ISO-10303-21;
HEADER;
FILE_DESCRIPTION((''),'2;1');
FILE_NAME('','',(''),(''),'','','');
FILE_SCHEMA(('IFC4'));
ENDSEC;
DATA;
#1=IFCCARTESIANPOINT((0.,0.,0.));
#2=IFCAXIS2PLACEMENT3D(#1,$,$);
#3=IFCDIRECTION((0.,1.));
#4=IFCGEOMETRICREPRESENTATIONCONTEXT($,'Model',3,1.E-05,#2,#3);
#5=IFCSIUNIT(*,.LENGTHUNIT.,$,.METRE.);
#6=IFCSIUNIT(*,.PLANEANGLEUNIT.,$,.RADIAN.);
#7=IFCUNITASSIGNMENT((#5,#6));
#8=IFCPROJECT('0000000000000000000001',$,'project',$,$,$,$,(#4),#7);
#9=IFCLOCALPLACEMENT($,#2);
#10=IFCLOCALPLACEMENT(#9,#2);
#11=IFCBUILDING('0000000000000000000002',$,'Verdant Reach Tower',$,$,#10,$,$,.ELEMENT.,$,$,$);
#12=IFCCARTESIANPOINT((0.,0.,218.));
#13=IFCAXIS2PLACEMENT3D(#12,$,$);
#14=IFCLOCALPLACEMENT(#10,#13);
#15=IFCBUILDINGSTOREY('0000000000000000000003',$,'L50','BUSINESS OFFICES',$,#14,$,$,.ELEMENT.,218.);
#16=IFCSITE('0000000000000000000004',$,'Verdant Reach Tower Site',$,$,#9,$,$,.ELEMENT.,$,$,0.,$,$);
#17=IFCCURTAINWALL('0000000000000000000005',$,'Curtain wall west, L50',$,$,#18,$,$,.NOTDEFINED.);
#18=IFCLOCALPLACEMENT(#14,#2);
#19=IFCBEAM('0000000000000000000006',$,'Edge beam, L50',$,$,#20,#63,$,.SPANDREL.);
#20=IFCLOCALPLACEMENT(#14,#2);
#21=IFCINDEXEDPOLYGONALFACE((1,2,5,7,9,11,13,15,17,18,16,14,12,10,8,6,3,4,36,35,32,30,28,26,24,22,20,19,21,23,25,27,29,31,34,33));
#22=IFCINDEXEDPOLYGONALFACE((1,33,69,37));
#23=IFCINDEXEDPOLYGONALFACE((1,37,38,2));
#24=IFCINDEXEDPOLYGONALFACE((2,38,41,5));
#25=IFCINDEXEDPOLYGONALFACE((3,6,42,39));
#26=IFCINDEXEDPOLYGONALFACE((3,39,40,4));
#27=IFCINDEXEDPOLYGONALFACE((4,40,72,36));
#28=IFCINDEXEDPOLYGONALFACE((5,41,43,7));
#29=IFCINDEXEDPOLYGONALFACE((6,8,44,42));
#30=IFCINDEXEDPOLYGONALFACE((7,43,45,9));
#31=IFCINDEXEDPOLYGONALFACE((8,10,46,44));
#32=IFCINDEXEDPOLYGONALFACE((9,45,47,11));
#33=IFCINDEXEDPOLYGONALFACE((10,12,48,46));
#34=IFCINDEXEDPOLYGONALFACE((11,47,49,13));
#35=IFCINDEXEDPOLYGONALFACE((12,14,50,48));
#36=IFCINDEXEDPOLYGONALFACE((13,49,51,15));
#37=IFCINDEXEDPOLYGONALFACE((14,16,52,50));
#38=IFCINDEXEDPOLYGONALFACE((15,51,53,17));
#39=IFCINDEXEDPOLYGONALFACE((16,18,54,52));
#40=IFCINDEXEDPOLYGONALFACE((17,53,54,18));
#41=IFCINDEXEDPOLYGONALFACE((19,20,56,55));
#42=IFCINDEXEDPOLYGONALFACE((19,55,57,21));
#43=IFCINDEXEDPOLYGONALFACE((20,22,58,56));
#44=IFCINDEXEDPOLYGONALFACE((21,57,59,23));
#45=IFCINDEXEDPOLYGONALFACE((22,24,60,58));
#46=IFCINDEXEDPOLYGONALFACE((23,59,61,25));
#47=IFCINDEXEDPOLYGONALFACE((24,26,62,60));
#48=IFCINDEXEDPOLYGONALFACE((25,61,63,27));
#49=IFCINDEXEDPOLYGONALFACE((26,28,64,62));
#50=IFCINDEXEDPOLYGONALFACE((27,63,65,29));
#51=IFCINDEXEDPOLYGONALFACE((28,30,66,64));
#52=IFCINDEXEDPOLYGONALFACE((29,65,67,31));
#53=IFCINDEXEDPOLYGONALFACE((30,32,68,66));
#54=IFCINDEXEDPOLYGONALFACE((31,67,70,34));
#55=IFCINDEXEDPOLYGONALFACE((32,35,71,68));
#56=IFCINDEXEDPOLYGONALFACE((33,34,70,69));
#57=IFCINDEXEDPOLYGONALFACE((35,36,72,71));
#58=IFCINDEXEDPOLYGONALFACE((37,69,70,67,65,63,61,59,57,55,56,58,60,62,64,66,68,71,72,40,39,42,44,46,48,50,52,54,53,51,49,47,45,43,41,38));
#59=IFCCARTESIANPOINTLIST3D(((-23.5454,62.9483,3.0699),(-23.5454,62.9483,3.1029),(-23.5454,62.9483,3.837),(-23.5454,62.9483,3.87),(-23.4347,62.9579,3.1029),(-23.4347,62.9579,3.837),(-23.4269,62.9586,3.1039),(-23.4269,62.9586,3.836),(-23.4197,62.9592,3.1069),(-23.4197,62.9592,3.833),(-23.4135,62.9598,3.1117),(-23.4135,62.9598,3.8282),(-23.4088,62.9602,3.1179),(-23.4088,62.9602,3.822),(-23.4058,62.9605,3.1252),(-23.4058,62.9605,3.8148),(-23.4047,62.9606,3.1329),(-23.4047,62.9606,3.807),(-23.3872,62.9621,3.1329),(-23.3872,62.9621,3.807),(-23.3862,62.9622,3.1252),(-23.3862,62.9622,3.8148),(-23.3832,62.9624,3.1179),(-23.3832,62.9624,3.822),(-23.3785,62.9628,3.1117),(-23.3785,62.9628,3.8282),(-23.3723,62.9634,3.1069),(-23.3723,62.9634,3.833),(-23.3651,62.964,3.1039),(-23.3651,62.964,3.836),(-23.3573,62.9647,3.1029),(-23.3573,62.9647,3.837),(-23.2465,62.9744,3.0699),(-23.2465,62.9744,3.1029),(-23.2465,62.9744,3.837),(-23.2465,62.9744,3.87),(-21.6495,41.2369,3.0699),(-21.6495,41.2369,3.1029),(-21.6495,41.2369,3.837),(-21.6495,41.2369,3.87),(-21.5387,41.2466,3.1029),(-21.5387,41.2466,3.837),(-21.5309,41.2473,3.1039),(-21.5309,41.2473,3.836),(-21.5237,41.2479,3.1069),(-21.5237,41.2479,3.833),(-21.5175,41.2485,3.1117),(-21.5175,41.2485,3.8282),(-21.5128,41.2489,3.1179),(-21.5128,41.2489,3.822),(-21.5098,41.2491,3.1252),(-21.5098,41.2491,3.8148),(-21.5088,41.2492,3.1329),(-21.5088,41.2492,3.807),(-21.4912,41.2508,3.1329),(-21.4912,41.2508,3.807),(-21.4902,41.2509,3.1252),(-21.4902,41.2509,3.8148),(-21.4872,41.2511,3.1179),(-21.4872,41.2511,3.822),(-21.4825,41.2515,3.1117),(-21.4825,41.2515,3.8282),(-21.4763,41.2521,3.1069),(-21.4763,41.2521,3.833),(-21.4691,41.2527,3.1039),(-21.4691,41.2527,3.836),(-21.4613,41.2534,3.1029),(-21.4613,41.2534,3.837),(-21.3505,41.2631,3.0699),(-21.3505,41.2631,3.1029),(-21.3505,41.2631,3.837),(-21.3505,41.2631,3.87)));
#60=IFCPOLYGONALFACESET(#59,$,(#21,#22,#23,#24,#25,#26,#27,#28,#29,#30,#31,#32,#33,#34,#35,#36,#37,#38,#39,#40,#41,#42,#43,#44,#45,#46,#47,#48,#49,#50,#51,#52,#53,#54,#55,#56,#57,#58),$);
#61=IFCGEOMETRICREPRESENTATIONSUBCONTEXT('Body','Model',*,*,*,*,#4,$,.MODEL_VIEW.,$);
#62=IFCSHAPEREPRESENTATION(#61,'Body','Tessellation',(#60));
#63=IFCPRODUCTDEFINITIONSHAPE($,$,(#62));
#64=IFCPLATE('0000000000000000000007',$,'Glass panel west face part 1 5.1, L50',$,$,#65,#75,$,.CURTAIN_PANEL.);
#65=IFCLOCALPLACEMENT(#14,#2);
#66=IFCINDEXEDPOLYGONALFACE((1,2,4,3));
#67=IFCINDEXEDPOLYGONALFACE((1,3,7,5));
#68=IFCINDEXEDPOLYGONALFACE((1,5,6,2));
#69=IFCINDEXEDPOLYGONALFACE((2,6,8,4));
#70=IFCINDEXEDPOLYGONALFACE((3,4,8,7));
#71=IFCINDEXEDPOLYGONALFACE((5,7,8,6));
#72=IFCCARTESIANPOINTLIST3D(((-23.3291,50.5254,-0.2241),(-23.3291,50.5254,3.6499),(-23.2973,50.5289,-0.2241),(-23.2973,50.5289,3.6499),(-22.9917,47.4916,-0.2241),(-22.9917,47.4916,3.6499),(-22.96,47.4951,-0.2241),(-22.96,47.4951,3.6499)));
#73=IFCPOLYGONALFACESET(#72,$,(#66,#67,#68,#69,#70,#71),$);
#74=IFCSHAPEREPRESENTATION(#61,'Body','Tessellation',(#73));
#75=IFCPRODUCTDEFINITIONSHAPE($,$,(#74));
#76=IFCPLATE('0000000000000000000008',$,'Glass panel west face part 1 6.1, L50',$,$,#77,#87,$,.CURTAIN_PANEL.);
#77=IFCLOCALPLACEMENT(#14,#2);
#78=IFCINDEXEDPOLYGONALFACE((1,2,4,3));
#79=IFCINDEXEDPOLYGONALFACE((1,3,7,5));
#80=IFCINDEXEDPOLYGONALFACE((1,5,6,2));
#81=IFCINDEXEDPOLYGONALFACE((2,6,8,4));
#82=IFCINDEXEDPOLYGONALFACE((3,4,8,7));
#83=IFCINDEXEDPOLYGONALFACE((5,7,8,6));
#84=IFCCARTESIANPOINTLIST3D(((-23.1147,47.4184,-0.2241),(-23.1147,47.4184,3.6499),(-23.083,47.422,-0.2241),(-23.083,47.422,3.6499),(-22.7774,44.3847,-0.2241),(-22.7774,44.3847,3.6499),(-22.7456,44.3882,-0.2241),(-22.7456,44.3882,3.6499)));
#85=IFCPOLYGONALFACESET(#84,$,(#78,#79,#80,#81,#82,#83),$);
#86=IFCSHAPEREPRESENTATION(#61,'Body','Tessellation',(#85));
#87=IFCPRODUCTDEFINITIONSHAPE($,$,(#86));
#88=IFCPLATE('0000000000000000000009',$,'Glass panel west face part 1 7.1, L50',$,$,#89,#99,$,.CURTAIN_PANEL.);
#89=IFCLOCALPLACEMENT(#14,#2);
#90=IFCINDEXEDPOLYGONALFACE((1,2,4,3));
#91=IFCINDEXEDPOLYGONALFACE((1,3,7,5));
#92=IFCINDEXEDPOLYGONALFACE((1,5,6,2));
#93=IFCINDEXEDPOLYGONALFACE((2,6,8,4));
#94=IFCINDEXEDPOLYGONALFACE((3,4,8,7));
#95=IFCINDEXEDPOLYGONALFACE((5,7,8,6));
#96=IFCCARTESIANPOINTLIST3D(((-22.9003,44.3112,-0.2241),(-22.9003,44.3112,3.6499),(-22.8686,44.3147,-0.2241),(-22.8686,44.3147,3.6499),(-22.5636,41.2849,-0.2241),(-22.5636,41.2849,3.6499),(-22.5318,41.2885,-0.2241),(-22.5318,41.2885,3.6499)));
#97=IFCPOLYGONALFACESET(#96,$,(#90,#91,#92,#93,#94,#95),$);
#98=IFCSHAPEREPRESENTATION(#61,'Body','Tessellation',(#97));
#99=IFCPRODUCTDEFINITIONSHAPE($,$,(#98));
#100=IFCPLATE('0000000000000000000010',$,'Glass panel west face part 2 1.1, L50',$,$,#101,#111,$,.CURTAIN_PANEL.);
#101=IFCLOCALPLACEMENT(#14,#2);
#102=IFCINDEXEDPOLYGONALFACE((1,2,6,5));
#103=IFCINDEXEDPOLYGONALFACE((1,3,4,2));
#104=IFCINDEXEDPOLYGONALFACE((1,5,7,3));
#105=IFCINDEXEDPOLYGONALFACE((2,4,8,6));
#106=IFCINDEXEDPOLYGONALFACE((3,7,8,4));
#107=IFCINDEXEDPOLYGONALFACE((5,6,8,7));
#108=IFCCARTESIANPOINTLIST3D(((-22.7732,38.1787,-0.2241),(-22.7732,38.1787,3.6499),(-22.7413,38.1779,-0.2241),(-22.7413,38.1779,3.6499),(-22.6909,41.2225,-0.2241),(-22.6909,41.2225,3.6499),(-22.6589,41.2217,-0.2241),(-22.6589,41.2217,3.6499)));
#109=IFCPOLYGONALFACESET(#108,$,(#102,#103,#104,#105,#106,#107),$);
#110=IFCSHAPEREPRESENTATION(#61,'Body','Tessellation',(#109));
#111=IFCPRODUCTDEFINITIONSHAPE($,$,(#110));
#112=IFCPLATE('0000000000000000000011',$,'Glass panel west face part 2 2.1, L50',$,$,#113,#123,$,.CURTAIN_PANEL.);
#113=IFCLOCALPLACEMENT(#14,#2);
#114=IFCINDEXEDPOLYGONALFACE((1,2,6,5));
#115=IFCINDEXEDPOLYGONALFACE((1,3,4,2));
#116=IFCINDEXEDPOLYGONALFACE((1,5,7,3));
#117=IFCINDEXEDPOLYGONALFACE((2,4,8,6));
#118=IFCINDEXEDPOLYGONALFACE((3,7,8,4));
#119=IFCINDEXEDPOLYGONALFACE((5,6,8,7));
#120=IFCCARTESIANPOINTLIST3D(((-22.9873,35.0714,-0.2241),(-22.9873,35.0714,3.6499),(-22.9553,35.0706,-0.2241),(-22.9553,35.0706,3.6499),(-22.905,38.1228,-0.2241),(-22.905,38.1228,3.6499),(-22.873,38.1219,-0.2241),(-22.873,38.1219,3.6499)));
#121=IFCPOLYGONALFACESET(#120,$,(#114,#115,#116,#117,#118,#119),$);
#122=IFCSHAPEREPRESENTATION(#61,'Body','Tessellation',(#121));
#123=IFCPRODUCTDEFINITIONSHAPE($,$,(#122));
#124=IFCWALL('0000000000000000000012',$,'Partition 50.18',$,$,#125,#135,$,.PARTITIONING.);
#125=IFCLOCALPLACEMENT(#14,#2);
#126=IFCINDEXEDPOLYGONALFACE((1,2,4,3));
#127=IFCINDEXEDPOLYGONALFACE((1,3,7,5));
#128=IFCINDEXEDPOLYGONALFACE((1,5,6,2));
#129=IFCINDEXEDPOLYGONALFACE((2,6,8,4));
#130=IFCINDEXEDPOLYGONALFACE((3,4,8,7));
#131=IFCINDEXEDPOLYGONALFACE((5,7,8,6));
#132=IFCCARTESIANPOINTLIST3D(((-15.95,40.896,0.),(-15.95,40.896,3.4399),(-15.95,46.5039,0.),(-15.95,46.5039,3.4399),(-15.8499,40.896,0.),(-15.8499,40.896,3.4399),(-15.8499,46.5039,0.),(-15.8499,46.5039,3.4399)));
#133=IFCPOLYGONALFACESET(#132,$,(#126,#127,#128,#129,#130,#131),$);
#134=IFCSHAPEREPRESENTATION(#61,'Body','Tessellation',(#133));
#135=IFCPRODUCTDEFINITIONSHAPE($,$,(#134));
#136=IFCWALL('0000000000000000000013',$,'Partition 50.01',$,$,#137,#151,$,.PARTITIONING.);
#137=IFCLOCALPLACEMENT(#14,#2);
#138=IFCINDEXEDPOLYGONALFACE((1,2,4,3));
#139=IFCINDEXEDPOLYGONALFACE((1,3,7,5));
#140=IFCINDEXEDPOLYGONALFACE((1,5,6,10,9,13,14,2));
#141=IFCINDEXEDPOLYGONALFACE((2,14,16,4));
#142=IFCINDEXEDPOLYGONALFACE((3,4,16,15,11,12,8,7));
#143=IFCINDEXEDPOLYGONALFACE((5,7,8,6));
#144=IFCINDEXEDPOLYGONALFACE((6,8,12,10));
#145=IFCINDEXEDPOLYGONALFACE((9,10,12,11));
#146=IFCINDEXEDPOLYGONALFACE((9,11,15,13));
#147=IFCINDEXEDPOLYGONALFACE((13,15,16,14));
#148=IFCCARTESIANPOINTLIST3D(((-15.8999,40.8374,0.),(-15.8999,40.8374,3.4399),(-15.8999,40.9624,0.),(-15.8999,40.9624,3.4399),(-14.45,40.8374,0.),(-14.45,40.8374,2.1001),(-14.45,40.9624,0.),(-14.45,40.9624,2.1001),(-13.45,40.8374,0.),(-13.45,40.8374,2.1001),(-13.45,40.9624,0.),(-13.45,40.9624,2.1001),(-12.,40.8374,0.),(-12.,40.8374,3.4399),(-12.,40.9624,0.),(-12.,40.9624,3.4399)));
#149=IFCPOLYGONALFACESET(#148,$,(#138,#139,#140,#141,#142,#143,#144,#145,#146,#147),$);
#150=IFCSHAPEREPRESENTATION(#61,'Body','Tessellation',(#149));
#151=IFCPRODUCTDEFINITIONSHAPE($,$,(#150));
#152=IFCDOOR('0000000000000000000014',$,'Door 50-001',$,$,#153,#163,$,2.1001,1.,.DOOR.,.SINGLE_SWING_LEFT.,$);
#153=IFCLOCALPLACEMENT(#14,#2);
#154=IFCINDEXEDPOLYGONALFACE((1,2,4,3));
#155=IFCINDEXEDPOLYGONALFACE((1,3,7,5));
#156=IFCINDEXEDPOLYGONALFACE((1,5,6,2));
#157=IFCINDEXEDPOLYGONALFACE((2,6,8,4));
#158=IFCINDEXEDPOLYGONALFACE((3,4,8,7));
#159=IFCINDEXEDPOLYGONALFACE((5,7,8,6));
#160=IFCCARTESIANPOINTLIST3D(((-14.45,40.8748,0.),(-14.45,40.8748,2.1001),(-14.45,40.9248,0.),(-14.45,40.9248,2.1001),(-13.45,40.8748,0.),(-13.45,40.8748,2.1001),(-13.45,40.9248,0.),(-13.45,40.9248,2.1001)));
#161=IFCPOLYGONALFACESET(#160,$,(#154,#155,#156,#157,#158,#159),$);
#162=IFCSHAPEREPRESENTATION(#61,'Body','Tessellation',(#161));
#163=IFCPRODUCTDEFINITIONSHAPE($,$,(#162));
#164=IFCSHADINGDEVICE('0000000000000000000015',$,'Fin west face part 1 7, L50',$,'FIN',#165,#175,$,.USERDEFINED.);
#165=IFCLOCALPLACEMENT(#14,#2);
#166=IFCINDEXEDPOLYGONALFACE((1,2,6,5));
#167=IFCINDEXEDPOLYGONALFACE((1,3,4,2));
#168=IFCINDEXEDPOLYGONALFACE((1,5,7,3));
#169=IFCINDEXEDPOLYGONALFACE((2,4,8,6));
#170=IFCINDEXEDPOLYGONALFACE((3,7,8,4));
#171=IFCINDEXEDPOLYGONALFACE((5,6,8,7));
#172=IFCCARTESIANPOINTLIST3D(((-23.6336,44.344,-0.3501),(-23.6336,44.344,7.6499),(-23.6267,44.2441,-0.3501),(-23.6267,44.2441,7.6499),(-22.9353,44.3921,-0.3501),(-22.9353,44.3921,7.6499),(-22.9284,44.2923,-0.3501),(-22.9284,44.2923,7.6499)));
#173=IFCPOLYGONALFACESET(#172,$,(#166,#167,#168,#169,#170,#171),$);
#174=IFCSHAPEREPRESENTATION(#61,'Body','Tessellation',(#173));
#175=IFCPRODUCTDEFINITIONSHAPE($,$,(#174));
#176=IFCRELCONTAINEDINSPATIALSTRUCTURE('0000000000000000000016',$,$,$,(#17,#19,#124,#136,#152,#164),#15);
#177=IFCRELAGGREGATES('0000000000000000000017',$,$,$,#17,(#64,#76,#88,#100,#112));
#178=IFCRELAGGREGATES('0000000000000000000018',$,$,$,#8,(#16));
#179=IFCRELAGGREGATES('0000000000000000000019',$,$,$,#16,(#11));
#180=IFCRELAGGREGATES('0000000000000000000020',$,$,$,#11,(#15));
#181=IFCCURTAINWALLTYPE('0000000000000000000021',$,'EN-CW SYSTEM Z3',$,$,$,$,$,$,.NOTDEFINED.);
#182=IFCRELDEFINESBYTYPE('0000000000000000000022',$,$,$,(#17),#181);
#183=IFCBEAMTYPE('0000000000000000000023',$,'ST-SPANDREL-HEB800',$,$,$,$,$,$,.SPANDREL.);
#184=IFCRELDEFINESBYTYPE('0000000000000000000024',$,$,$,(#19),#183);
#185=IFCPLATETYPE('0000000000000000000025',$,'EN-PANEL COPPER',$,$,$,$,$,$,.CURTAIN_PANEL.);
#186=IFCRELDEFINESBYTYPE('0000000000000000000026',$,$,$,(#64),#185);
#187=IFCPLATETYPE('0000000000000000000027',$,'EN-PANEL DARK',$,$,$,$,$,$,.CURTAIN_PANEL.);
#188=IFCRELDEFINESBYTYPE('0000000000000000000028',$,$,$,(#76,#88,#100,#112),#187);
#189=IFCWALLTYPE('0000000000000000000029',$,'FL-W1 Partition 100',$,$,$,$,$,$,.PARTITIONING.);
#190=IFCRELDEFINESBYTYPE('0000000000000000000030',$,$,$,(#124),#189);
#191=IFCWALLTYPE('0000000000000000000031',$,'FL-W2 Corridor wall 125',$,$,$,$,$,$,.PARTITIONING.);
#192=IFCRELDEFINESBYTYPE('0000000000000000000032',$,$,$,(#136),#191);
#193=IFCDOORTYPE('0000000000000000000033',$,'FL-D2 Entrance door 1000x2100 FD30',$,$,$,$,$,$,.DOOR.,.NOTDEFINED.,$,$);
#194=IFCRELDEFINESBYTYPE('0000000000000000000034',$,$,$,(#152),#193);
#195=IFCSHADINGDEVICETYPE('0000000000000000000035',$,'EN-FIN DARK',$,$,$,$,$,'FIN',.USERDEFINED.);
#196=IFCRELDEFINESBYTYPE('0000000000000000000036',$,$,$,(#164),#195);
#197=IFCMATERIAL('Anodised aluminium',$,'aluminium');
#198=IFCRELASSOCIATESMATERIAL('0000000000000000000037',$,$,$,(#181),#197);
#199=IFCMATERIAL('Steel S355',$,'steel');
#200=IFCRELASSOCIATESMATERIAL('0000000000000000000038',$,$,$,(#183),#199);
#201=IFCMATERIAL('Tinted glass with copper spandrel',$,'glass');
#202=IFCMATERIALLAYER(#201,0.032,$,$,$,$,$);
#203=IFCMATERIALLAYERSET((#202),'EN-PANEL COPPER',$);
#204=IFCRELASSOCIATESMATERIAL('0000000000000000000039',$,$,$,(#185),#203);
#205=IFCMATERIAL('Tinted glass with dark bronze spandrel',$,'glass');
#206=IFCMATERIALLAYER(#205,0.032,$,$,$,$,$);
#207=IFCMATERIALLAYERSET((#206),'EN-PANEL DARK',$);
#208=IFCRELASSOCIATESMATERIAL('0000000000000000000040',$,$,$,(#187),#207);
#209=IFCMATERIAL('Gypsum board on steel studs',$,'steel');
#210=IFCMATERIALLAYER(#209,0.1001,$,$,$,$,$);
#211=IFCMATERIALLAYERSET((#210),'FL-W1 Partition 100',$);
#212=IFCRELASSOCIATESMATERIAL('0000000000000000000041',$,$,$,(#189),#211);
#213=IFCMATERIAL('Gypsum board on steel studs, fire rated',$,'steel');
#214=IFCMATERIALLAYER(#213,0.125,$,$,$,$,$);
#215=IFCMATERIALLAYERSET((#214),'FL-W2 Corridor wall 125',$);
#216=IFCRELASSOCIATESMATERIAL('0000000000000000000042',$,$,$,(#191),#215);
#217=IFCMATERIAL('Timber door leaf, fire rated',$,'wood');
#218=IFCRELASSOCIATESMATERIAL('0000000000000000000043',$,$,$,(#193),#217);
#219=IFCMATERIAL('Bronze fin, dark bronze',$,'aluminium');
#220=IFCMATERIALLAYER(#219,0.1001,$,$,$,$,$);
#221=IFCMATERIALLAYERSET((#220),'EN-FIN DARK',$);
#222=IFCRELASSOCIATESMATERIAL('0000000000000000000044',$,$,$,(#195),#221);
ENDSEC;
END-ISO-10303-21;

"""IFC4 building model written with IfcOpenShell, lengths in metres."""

from ifc_helpers import new_model, si_unit, direction, frame, frame_2d, origin, origin_2d, place, context, subcontext, project, spatial, rectangle, i_section, extrude, material, layer, layer_set, material_profile, profile_set, type_object, element, fill, aggregate, save


model = new_model("IFC4")

# Units and contexts
model_context = context("Model", 3, precision=1e-05, world=origin(), true_north=direction((0.0, 1.0)))
body_context = subcontext(model_context, "Body", "Model", "MODEL_VIEW")
ifc_project = project(units=[si_unit("LENGTHUNIT", "METRE"), si_unit("PLANEANGLEUNIT", "RADIAN")], contexts=[model_context])

# Site, building, storey
site_placement = place(None, origin())
site = spatial("IfcSite", under=ifc_project, at=site_placement, Name="Verdant Reach Tower Site", CompositionType="ELEMENT", RefElevation=0.0)
building_placement = place(site_placement, origin())
building = spatial("IfcBuilding", under=site, at=building_placement, Name="Verdant Reach Tower", CompositionType="ELEMENT")
storey_placement = place(building_placement, frame((0.0, 0.0, 218.0)))
storey = spatial("IfcBuildingStorey", under=building, at=storey_placement, Name="L50", Description="BUSINESS OFFICES", CompositionType="ELEMENT", Elevation=218.0)

# Curtain wall
ifc_material_1 = material(Name="Anodised aluminium", Category="aluminium")
curtain_wall_type = type_object("IfcCurtainWallType", Name="EN-CW SYSTEM Z3", PredefinedType="NOTDEFINED", material=ifc_material_1)
curtain_wall_placement = place(storey_placement, origin())
curtain_wall = element("IfcCurtainWall", 1, at=curtain_wall_placement, inside=storey, type_object=curtain_wall_type, Name="Curtain wall west, L50", PredefinedType="NOTDEFINED")

# Beam
ifc_material_2 = material(Name="Steel S355", Category="steel")
ifc_material_profile_1 = material_profile(ifc_material_2, i_section(OverallWidth=0.3, OverallDepth=0.8, WebThickness=0.0176, FlangeThickness=0.033, FilletRadius=0.03, at=origin_2d()), Name="HEB 800")
ifc_profile_set_1 = profile_set([ifc_material_profile_1], Name="Steel S355")
beam_type_1 = type_object("IfcBeamType", Name="ST-SPANDREL-HEB800", PredefinedType="SPANDREL", material=ifc_profile_set_1)
beam_1_placement = place(storey_placement, frame((-21.5, 41.25, 3.47), z_axis=(-0.086996, 0.996209, 0.0), x_axis=(-0.996209, -0.086996, 0.0)))
element("IfcBeam", 2, at=beam_1_placement, inside=storey, type_object=beam_type_1, Name="Edge beam, L50", PredefinedType="SPANDREL", context=body_context, shape_type="SweptSolid", body=[
    extrude(i_section(OverallWidth=0.3, OverallDepth=0.8, WebThickness=0.0176, FlangeThickness=0.033, FilletRadius=0.03, at=origin_2d()), origin(), (0.0, 0.0, 1.0), 21.7939),
])

# Plates
ifc_material_3 = material(Name="Tinted glass with copper spandrel", Category="glass")
ifc_layer_1 = layer(ifc_material_3, 0.032)
ifc_layer_set_1 = layer_set([ifc_layer_1], Name="EN-PANEL COPPER")
plate_type_1 = type_object("IfcPlateType", Name="EN-PANEL COPPER", PredefinedType="CURTAIN_PANEL", material=ifc_layer_set_1)
plate_1_placement = place(storey_placement, frame((-23.1445, 49.0103, -0.2241), z_axis=(0.0, 0.0, 1.0), x_axis=(0.110518, -0.993874, 0.0)))
plate_1 = element("IfcPlate", 3, at=plate_1_placement, type_object=plate_type_1, Name="Glass panel west face part 1 5.1, L50", PredefinedType="CURTAIN_PANEL", context=body_context, shape_type="SweptSolid", body=[
    extrude(rectangle(XDim=3.0525, YDim=0.032, at=origin_2d()), origin(), (0.0, 0.0, 1.0), 3.874),
])
ifc_material_4 = material(Name="Tinted glass with dark bronze spandrel", Category="glass")
ifc_layer_2 = layer(ifc_material_4, 0.032)
ifc_layer_set_2 = layer_set([ifc_layer_2], Name="EN-PANEL DARK")
plate_type_2 = type_object("IfcPlateType", Name="EN-PANEL DARK", PredefinedType="CURTAIN_PANEL", material=ifc_layer_set_2)
plate_2_placement = place(storey_placement, frame((-22.9302, 45.9033, -0.2241), z_axis=(0.0, 0.0, 1.0), x_axis=(0.110518, -0.993874, 0.0)))
plate_2 = element("IfcPlate", 4, at=plate_2_placement, type_object=plate_type_2, Name="Glass panel west face part 1 6.1, L50", PredefinedType="CURTAIN_PANEL", context=body_context, shape_type="SweptSolid", body=[
    extrude(rectangle(XDim=3.0525, YDim=0.032, at=origin_2d()), origin(), (0.0, 0.0, 1.0), 3.874),
])
plate_3_placement = place(storey_placement, frame((-22.7161, 42.7998, -0.2241), z_axis=(0.0, 0.0, 1.0), x_axis=(0.110601, -0.993865, 0.0)))
plate_3 = element("IfcPlate", 5, at=plate_3_placement, type_object=plate_type_2, Name="Glass panel west face part 1 7.1, L50", PredefinedType="CURTAIN_PANEL", context=body_context, shape_type="SweptSolid", body=[
    extrude(rectangle(XDim=3.0449, YDim=0.032, at=origin_2d()), origin(), (0.0, 0.0, 1.0), 3.874),
])
plate_4_placement = place(storey_placement, frame((-22.7161, 39.7002, -0.2241), z_axis=(0.0, 0.0, 1.0), x_axis=(-0.027048, -0.999634, 0.0)))
plate_4 = element("IfcPlate", 6, at=plate_4_placement, type_object=plate_type_2, Name="Glass panel west face part 2 1.1, L50", PredefinedType="CURTAIN_PANEL", context=body_context, shape_type="SweptSolid", body=[
    extrude(rectangle(XDim=3.0449, YDim=0.032, at=origin_2d()), origin(), (0.0, 0.0, 1.0), 3.874),
])
plate_5_placement = place(storey_placement, frame((-22.9302, 36.5967, -0.2241), z_axis=(0.0, 0.0, 1.0), x_axis=(-0.026965, -0.999636, 0.0)))
plate_5 = element("IfcPlate", 7, at=plate_5_placement, type_object=plate_type_2, Name="Glass panel west face part 2 2.1, L50", PredefinedType="CURTAIN_PANEL", context=body_context, shape_type="SweptSolid", body=[
    extrude(rectangle(XDim=3.0525, YDim=0.032, at=origin_2d()), origin(), (0.0, 0.0, 1.0), 3.874),
])
aggregate(curtain_wall, [plate_1, plate_2, plate_3, plate_4, plate_5])

# Wall
ifc_material_5 = material(Name="Gypsum board on steel studs", Category="steel")
ifc_layer_3 = layer(ifc_material_5, 0.1001)
ifc_layer_set_3 = layer_set([ifc_layer_3], Name="FL-W1 Partition 100")
wall_type_1 = type_object("IfcWallType", Name="FL-W1 Partition 100", PredefinedType="PARTITIONING", material=ifc_layer_set_3)
wall_1_placement = place(storey_placement, frame((-15.8999, 46.5039, 0.0), z_axis=(0.0, 0.0, 1.0), x_axis=(0.0, -1.0, 0.0)))
element("IfcWall", 8, at=wall_1_placement, inside=storey, type_object=wall_type_1, Name="Partition 50.18", PredefinedType="PARTITIONING", context=body_context, shape_type="SweptSolid", body=[
    extrude(rectangle(XDim=5.6079, YDim=0.1001, at=frame_2d((2.804, 0.0))), origin(), (0.0, 0.0, 1.0), 3.4399),
])

# Wall, opening, door
ifc_material_6 = material(Name="Gypsum board on steel studs, fire rated", Category="steel")
ifc_layer_4 = layer(ifc_material_6, 0.125)
ifc_layer_set_4 = layer_set([ifc_layer_4], Name="FL-W2 Corridor wall 125")
wall_type_2 = type_object("IfcWallType", Name="FL-W2 Corridor wall 125", PredefinedType="PARTITIONING", material=ifc_layer_set_4)
wall_2_placement = place(storey_placement, frame((-15.8999, 40.8999, 0.0), z_axis=(0.0, 0.0, 1.0), x_axis=(1.0, 0.0, 0.0)))
wall_2 = element("IfcWall", 9, at=wall_2_placement, inside=storey, type_object=wall_type_2, Name="Partition 50.01", PredefinedType="PARTITIONING", context=body_context, shape_type="SweptSolid", body=[
    extrude(rectangle(XDim=3.8999, YDim=0.125, at=frame_2d((1.95, 0.0))), origin(), (0.0, 0.0, 1.0), 3.4399),
])
opening_placement = place(wall_2_placement, frame((1.45, 0.0, 0.0)))
opening = element("IfcOpeningElement", 10, at=opening_placement, cuts=wall_2, PredefinedType="OPENING", context=body_context, shape_type="SweptSolid", body=[
    extrude(rectangle(XDim=1.0, YDim=2.1001, at=frame_2d((0.5, 1.05))), frame((0.0, 0.0725, 0.0), z_axis=(0.0, -1.0, 0.0), x_axis=(1.0, 0.0, 0.0)), (0.0, 0.0, 1.0), 0.145),
])
ifc_material_7 = material(Name="Timber door leaf, fire rated", Category="wood")
door_type = type_object("IfcDoorType", Name="FL-D2 Entrance door 1000x2100 FD30", OperationType="NOTDEFINED", PredefinedType="DOOR", material=ifc_material_7)
door_placement = place(opening_placement, origin())
door = element("IfcDoor", 11, at=door_placement, inside=storey, type_object=door_type, Name="Door 50-001", OperationType="SINGLE_SWING_LEFT", OverallHeight=2.1001, OverallWidth=1.0, PredefinedType="DOOR", context=body_context, shape_type="SweptSolid", body=[
    extrude(rectangle(XDim=1.0, YDim=2.1001, at=frame_2d((0.5, 1.05))), frame((0.0, 0.0249, 0.0), z_axis=(0.0, -1.0, 0.0), x_axis=(1.0, 0.0, 0.0)), (0.0, 0.0, 1.0), 0.05),
])
fill(opening, door)

# Shading device
ifc_material_8 = material(Name="Bronze fin, dark bronze", Category="aluminium")
ifc_layer_5 = layer(ifc_material_8, 0.1001)
ifc_layer_set_5 = layer_set([ifc_layer_5], Name="EN-FIN DARK")
shading_device_type = type_object("IfcShadingDeviceType", Name="EN-FIN DARK", ElementType="FIN", PredefinedType="USERDEFINED", material=ifc_layer_set_5)
for number, where, z_axis, x_axis, name in (
    (12, (-23.281, 44.3181, -0.3501), (0.0, 0.0, 1.0), (0.068802, -0.99763, 0.0), "Fin west face part 1 7, L50"),
):
    element("IfcShadingDevice", number, at=place(storey_placement, frame(where, z_axis=z_axis, x_axis=x_axis)), inside=storey, type_object=shading_device_type, Name=name, ObjectType="FIN", PredefinedType="USERDEFINED", context=body_context, shape_type="SweptSolid", body=[
        extrude(rectangle(XDim=0.1001, YDim=0.7, at=origin_2d()), origin(), (0.0, 0.0, 1.0), 8.0),
    ])

save(model, "model.ifc")
